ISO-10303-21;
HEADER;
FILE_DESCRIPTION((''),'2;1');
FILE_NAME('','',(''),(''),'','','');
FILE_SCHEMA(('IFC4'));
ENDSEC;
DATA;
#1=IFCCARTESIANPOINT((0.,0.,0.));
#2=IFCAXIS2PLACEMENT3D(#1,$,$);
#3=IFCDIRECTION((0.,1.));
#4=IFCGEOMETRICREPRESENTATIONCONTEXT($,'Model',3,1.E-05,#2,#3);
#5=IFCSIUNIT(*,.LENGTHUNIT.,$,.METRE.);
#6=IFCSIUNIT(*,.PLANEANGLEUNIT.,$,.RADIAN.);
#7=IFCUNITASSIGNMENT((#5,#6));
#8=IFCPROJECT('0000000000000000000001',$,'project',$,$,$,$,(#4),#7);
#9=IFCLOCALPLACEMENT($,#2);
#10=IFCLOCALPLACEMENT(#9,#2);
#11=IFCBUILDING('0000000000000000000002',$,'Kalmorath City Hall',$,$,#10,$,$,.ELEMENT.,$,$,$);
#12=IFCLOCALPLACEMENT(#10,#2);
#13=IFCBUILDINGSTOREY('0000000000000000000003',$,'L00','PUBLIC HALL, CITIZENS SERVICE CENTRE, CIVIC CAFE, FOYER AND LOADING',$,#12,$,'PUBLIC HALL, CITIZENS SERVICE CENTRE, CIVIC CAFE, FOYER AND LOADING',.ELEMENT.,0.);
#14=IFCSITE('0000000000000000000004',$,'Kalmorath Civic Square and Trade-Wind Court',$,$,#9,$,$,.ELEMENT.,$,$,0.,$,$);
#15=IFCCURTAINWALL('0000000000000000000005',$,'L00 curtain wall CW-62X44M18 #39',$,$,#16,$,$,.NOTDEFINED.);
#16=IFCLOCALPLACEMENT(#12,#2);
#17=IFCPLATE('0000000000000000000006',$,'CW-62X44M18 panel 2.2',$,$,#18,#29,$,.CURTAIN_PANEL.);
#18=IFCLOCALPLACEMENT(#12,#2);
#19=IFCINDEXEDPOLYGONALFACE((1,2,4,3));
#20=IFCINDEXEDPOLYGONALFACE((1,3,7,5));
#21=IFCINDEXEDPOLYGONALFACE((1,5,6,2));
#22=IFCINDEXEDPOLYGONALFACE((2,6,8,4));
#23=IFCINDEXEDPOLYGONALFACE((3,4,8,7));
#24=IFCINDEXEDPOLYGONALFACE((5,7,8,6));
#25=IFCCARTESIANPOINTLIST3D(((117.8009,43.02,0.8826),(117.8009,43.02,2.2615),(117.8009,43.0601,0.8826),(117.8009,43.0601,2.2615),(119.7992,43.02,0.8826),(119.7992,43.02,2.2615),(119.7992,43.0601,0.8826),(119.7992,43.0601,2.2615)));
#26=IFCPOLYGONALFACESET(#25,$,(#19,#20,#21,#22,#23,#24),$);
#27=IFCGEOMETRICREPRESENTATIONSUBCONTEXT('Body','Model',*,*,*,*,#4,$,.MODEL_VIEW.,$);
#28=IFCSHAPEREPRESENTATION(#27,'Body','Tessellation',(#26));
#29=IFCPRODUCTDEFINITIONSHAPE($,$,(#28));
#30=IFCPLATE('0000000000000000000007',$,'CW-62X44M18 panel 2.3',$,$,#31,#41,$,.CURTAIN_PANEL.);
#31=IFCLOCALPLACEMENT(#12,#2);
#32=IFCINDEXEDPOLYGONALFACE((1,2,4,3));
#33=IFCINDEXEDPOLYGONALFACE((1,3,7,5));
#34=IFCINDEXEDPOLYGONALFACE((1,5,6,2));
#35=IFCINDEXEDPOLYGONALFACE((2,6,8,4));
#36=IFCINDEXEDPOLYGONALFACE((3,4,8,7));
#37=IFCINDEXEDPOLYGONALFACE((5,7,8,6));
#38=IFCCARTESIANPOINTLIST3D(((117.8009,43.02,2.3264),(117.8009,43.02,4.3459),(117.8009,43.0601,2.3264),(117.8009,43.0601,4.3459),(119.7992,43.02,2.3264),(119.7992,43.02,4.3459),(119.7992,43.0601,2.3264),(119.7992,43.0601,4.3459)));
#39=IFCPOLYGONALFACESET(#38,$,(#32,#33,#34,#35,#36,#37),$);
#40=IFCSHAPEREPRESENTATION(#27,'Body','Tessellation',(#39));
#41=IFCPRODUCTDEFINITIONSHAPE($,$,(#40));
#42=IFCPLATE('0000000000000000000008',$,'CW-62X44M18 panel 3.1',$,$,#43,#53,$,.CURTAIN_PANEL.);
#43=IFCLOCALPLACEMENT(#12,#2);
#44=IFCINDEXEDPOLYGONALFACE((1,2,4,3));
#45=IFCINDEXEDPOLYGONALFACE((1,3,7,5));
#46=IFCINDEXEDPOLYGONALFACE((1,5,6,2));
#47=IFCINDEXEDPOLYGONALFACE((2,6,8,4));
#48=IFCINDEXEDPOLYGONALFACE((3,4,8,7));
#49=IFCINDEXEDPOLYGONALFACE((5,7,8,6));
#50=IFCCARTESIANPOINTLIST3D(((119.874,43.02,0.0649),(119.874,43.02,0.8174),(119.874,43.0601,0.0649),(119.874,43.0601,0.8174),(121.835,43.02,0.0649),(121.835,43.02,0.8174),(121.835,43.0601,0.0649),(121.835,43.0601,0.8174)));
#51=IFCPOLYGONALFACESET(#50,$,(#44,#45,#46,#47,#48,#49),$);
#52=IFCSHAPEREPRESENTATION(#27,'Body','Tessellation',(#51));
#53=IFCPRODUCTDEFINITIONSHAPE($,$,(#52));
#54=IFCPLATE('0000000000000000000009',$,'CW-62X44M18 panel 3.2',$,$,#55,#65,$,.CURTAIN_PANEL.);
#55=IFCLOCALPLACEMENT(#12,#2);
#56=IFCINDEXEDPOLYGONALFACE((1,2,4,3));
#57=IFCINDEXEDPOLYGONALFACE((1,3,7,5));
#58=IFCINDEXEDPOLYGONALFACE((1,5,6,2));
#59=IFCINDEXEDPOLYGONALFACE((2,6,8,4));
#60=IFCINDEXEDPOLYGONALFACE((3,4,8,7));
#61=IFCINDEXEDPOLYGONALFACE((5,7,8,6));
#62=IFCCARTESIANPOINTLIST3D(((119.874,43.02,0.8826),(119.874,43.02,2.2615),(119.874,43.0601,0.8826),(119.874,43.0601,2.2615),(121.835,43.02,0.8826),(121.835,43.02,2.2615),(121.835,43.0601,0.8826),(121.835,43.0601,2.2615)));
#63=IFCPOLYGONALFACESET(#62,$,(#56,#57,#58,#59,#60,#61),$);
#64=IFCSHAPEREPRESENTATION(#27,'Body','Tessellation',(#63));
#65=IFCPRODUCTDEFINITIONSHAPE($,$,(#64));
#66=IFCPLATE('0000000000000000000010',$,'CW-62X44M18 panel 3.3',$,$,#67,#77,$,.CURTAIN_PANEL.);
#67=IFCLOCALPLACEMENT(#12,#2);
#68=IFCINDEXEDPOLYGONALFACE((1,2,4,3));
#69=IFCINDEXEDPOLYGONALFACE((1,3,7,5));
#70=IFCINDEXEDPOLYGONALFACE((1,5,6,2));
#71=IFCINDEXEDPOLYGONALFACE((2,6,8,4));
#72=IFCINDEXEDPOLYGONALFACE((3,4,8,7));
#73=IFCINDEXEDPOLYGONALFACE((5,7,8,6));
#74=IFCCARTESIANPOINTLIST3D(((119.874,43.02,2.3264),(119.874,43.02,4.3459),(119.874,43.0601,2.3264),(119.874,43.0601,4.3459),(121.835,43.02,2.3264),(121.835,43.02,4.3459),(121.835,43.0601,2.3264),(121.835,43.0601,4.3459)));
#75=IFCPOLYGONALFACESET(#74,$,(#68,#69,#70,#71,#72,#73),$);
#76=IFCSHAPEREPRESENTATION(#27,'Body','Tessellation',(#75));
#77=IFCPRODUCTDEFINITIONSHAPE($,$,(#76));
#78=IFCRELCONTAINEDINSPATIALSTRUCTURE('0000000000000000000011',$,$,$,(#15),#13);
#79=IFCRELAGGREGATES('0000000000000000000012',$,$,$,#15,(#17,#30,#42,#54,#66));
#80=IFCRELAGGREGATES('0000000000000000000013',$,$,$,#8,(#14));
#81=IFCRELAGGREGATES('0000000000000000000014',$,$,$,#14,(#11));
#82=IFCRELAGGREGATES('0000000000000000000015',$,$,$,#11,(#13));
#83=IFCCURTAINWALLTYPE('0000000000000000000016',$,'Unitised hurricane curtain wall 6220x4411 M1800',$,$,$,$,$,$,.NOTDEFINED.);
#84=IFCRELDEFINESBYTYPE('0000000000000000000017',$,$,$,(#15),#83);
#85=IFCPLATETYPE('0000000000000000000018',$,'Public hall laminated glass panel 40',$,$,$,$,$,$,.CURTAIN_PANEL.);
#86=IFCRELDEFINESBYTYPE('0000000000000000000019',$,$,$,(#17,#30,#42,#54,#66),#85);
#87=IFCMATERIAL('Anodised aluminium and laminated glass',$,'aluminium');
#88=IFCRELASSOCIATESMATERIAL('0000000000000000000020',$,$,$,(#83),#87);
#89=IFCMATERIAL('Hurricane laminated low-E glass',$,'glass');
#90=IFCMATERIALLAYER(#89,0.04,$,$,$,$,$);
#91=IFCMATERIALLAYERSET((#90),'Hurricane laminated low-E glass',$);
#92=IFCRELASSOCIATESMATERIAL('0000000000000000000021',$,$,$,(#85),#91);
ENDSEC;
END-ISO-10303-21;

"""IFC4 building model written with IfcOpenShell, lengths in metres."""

from ifc_helpers import new_model, si_unit, direction, frame, origin, origin_2d, place, context, subcontext, project, spatial, rectangle, extrude, material, layer, layer_set, type_object, element, aggregate, save


model = new_model("IFC4")

# Units and contexts
model_context = context("Model", 3, precision=1e-05, world=origin(), true_north=direction((0.0, 1.0)))
body_context = subcontext(model_context, "Body", "Model", "MODEL_VIEW")
ifc_project = project(units=[si_unit("LENGTHUNIT", "METRE"), si_unit("PLANEANGLEUNIT", "RADIAN")], contexts=[model_context])

# Site, building, storey
site_placement = place(None, origin())
site = spatial("IfcSite", under=ifc_project, at=site_placement, Name="Kalmorath Civic Square and Trade-Wind Court", CompositionType="ELEMENT", RefElevation=0.0)
building_placement = place(site_placement, origin())
building = spatial("IfcBuilding", under=site, at=building_placement, Name="Kalmorath City Hall", CompositionType="ELEMENT")
storey_placement = place(building_placement, origin())
storey = spatial("IfcBuildingStorey", under=building, at=storey_placement, Name="L00", Description="PUBLIC HALL, CITIZENS SERVICE CENTRE, CIVIC CAFE, FOYER AND LOADING", LongName="PUBLIC HALL, CITIZENS SERVICE CENTRE, CIVIC CAFE, FOYER AND LOADING", CompositionType="ELEMENT", Elevation=0.0)

# Curtain wall, plates
ifc_material_1 = material(Name="Anodised aluminium and laminated glass", Category="aluminium")
curtain_wall_type = type_object("IfcCurtainWallType", Name="Unitised hurricane curtain wall 6220x4411 M1800", PredefinedType="NOTDEFINED", material=ifc_material_1)
curtain_wall_placement = place(storey_placement, origin())
curtain_wall = element("IfcCurtainWall", 1, at=curtain_wall_placement, inside=storey, type_object=curtain_wall_type, Name="L00 curtain wall CW-62X44M18 #39", PredefinedType="NOTDEFINED")
ifc_material_2 = material(Name="Hurricane laminated low-E glass", Category="glass")
ifc_layer = layer(ifc_material_2, 0.04)
ifc_layer_set = layer_set([ifc_layer], Name="Hurricane laminated low-E glass")
plate_type = type_object("IfcPlateType", Name="Public hall laminated glass panel 40", PredefinedType="CURTAIN_PANEL", material=ifc_layer_set)
plate_1_placement = place(storey_placement, frame((118.8, 43.04, 0.8826), z_axis=(0.0, 0.0, 1.0), x_axis=(1.0, 0.0, 0.0)))
plate_1 = element("IfcPlate", 2, at=plate_1_placement, type_object=plate_type, Name="CW-62X44M18 panel 2.2", PredefinedType="CURTAIN_PANEL", context=body_context, shape_type="SweptSolid", body=[
    extrude(rectangle(XDim=1.9983, YDim=0.04, at=origin_2d()), origin(), (0.0, 0.0, 1.0), 1.3789),
])
plate_2_placement = place(storey_placement, frame((118.8, 43.04, 2.3264), z_axis=(0.0, 0.0, 1.0), x_axis=(1.0, 0.0, 0.0)))
plate_2 = element("IfcPlate", 3, at=plate_2_placement, type_object=plate_type, Name="CW-62X44M18 panel 2.3", PredefinedType="CURTAIN_PANEL", context=body_context, shape_type="SweptSolid", body=[
    extrude(rectangle(XDim=1.9983, YDim=0.04, at=origin_2d()), origin(), (0.0, 0.0, 1.0), 2.0195),
])
plate_3_placement = place(storey_placement, frame((120.8545, 43.04, 0.0649), z_axis=(0.0, 0.0, 1.0), x_axis=(1.0, 0.0, 0.0)))
plate_3 = element("IfcPlate", 4, at=plate_3_placement, type_object=plate_type, Name="CW-62X44M18 panel 3.1", PredefinedType="CURTAIN_PANEL", context=body_context, shape_type="SweptSolid", body=[
    extrude(rectangle(XDim=1.9609, YDim=0.04, at=origin_2d()), origin(), (0.0, 0.0, 1.0), 0.7524),
])
plate_4_placement = place(storey_placement, frame((120.8545, 43.04, 0.8826), z_axis=(0.0, 0.0, 1.0), x_axis=(1.0, 0.0, 0.0)))
plate_4 = element("IfcPlate", 5, at=plate_4_placement, type_object=plate_type, Name="CW-62X44M18 panel 3.2", PredefinedType="CURTAIN_PANEL", context=body_context, shape_type="SweptSolid", body=[
    extrude(rectangle(XDim=1.9609, YDim=0.04, at=origin_2d()), origin(), (0.0, 0.0, 1.0), 1.3789),
])
plate_5_placement = place(storey_placement, frame((120.8545, 43.04, 2.3264), z_axis=(0.0, 0.0, 1.0), x_axis=(1.0, 0.0, 0.0)))
plate_5 = element("IfcPlate", 6, at=plate_5_placement, type_object=plate_type, Name="CW-62X44M18 panel 3.3", PredefinedType="CURTAIN_PANEL", context=body_context, shape_type="SweptSolid", body=[
    extrude(rectangle(XDim=1.9609, YDim=0.04, at=origin_2d()), origin(), (0.0, 0.0, 1.0), 2.0195),
])
aggregate(curtain_wall, [plate_1, plate_2, plate_3, plate_4, plate_5])

save(model, "model.ifc")
